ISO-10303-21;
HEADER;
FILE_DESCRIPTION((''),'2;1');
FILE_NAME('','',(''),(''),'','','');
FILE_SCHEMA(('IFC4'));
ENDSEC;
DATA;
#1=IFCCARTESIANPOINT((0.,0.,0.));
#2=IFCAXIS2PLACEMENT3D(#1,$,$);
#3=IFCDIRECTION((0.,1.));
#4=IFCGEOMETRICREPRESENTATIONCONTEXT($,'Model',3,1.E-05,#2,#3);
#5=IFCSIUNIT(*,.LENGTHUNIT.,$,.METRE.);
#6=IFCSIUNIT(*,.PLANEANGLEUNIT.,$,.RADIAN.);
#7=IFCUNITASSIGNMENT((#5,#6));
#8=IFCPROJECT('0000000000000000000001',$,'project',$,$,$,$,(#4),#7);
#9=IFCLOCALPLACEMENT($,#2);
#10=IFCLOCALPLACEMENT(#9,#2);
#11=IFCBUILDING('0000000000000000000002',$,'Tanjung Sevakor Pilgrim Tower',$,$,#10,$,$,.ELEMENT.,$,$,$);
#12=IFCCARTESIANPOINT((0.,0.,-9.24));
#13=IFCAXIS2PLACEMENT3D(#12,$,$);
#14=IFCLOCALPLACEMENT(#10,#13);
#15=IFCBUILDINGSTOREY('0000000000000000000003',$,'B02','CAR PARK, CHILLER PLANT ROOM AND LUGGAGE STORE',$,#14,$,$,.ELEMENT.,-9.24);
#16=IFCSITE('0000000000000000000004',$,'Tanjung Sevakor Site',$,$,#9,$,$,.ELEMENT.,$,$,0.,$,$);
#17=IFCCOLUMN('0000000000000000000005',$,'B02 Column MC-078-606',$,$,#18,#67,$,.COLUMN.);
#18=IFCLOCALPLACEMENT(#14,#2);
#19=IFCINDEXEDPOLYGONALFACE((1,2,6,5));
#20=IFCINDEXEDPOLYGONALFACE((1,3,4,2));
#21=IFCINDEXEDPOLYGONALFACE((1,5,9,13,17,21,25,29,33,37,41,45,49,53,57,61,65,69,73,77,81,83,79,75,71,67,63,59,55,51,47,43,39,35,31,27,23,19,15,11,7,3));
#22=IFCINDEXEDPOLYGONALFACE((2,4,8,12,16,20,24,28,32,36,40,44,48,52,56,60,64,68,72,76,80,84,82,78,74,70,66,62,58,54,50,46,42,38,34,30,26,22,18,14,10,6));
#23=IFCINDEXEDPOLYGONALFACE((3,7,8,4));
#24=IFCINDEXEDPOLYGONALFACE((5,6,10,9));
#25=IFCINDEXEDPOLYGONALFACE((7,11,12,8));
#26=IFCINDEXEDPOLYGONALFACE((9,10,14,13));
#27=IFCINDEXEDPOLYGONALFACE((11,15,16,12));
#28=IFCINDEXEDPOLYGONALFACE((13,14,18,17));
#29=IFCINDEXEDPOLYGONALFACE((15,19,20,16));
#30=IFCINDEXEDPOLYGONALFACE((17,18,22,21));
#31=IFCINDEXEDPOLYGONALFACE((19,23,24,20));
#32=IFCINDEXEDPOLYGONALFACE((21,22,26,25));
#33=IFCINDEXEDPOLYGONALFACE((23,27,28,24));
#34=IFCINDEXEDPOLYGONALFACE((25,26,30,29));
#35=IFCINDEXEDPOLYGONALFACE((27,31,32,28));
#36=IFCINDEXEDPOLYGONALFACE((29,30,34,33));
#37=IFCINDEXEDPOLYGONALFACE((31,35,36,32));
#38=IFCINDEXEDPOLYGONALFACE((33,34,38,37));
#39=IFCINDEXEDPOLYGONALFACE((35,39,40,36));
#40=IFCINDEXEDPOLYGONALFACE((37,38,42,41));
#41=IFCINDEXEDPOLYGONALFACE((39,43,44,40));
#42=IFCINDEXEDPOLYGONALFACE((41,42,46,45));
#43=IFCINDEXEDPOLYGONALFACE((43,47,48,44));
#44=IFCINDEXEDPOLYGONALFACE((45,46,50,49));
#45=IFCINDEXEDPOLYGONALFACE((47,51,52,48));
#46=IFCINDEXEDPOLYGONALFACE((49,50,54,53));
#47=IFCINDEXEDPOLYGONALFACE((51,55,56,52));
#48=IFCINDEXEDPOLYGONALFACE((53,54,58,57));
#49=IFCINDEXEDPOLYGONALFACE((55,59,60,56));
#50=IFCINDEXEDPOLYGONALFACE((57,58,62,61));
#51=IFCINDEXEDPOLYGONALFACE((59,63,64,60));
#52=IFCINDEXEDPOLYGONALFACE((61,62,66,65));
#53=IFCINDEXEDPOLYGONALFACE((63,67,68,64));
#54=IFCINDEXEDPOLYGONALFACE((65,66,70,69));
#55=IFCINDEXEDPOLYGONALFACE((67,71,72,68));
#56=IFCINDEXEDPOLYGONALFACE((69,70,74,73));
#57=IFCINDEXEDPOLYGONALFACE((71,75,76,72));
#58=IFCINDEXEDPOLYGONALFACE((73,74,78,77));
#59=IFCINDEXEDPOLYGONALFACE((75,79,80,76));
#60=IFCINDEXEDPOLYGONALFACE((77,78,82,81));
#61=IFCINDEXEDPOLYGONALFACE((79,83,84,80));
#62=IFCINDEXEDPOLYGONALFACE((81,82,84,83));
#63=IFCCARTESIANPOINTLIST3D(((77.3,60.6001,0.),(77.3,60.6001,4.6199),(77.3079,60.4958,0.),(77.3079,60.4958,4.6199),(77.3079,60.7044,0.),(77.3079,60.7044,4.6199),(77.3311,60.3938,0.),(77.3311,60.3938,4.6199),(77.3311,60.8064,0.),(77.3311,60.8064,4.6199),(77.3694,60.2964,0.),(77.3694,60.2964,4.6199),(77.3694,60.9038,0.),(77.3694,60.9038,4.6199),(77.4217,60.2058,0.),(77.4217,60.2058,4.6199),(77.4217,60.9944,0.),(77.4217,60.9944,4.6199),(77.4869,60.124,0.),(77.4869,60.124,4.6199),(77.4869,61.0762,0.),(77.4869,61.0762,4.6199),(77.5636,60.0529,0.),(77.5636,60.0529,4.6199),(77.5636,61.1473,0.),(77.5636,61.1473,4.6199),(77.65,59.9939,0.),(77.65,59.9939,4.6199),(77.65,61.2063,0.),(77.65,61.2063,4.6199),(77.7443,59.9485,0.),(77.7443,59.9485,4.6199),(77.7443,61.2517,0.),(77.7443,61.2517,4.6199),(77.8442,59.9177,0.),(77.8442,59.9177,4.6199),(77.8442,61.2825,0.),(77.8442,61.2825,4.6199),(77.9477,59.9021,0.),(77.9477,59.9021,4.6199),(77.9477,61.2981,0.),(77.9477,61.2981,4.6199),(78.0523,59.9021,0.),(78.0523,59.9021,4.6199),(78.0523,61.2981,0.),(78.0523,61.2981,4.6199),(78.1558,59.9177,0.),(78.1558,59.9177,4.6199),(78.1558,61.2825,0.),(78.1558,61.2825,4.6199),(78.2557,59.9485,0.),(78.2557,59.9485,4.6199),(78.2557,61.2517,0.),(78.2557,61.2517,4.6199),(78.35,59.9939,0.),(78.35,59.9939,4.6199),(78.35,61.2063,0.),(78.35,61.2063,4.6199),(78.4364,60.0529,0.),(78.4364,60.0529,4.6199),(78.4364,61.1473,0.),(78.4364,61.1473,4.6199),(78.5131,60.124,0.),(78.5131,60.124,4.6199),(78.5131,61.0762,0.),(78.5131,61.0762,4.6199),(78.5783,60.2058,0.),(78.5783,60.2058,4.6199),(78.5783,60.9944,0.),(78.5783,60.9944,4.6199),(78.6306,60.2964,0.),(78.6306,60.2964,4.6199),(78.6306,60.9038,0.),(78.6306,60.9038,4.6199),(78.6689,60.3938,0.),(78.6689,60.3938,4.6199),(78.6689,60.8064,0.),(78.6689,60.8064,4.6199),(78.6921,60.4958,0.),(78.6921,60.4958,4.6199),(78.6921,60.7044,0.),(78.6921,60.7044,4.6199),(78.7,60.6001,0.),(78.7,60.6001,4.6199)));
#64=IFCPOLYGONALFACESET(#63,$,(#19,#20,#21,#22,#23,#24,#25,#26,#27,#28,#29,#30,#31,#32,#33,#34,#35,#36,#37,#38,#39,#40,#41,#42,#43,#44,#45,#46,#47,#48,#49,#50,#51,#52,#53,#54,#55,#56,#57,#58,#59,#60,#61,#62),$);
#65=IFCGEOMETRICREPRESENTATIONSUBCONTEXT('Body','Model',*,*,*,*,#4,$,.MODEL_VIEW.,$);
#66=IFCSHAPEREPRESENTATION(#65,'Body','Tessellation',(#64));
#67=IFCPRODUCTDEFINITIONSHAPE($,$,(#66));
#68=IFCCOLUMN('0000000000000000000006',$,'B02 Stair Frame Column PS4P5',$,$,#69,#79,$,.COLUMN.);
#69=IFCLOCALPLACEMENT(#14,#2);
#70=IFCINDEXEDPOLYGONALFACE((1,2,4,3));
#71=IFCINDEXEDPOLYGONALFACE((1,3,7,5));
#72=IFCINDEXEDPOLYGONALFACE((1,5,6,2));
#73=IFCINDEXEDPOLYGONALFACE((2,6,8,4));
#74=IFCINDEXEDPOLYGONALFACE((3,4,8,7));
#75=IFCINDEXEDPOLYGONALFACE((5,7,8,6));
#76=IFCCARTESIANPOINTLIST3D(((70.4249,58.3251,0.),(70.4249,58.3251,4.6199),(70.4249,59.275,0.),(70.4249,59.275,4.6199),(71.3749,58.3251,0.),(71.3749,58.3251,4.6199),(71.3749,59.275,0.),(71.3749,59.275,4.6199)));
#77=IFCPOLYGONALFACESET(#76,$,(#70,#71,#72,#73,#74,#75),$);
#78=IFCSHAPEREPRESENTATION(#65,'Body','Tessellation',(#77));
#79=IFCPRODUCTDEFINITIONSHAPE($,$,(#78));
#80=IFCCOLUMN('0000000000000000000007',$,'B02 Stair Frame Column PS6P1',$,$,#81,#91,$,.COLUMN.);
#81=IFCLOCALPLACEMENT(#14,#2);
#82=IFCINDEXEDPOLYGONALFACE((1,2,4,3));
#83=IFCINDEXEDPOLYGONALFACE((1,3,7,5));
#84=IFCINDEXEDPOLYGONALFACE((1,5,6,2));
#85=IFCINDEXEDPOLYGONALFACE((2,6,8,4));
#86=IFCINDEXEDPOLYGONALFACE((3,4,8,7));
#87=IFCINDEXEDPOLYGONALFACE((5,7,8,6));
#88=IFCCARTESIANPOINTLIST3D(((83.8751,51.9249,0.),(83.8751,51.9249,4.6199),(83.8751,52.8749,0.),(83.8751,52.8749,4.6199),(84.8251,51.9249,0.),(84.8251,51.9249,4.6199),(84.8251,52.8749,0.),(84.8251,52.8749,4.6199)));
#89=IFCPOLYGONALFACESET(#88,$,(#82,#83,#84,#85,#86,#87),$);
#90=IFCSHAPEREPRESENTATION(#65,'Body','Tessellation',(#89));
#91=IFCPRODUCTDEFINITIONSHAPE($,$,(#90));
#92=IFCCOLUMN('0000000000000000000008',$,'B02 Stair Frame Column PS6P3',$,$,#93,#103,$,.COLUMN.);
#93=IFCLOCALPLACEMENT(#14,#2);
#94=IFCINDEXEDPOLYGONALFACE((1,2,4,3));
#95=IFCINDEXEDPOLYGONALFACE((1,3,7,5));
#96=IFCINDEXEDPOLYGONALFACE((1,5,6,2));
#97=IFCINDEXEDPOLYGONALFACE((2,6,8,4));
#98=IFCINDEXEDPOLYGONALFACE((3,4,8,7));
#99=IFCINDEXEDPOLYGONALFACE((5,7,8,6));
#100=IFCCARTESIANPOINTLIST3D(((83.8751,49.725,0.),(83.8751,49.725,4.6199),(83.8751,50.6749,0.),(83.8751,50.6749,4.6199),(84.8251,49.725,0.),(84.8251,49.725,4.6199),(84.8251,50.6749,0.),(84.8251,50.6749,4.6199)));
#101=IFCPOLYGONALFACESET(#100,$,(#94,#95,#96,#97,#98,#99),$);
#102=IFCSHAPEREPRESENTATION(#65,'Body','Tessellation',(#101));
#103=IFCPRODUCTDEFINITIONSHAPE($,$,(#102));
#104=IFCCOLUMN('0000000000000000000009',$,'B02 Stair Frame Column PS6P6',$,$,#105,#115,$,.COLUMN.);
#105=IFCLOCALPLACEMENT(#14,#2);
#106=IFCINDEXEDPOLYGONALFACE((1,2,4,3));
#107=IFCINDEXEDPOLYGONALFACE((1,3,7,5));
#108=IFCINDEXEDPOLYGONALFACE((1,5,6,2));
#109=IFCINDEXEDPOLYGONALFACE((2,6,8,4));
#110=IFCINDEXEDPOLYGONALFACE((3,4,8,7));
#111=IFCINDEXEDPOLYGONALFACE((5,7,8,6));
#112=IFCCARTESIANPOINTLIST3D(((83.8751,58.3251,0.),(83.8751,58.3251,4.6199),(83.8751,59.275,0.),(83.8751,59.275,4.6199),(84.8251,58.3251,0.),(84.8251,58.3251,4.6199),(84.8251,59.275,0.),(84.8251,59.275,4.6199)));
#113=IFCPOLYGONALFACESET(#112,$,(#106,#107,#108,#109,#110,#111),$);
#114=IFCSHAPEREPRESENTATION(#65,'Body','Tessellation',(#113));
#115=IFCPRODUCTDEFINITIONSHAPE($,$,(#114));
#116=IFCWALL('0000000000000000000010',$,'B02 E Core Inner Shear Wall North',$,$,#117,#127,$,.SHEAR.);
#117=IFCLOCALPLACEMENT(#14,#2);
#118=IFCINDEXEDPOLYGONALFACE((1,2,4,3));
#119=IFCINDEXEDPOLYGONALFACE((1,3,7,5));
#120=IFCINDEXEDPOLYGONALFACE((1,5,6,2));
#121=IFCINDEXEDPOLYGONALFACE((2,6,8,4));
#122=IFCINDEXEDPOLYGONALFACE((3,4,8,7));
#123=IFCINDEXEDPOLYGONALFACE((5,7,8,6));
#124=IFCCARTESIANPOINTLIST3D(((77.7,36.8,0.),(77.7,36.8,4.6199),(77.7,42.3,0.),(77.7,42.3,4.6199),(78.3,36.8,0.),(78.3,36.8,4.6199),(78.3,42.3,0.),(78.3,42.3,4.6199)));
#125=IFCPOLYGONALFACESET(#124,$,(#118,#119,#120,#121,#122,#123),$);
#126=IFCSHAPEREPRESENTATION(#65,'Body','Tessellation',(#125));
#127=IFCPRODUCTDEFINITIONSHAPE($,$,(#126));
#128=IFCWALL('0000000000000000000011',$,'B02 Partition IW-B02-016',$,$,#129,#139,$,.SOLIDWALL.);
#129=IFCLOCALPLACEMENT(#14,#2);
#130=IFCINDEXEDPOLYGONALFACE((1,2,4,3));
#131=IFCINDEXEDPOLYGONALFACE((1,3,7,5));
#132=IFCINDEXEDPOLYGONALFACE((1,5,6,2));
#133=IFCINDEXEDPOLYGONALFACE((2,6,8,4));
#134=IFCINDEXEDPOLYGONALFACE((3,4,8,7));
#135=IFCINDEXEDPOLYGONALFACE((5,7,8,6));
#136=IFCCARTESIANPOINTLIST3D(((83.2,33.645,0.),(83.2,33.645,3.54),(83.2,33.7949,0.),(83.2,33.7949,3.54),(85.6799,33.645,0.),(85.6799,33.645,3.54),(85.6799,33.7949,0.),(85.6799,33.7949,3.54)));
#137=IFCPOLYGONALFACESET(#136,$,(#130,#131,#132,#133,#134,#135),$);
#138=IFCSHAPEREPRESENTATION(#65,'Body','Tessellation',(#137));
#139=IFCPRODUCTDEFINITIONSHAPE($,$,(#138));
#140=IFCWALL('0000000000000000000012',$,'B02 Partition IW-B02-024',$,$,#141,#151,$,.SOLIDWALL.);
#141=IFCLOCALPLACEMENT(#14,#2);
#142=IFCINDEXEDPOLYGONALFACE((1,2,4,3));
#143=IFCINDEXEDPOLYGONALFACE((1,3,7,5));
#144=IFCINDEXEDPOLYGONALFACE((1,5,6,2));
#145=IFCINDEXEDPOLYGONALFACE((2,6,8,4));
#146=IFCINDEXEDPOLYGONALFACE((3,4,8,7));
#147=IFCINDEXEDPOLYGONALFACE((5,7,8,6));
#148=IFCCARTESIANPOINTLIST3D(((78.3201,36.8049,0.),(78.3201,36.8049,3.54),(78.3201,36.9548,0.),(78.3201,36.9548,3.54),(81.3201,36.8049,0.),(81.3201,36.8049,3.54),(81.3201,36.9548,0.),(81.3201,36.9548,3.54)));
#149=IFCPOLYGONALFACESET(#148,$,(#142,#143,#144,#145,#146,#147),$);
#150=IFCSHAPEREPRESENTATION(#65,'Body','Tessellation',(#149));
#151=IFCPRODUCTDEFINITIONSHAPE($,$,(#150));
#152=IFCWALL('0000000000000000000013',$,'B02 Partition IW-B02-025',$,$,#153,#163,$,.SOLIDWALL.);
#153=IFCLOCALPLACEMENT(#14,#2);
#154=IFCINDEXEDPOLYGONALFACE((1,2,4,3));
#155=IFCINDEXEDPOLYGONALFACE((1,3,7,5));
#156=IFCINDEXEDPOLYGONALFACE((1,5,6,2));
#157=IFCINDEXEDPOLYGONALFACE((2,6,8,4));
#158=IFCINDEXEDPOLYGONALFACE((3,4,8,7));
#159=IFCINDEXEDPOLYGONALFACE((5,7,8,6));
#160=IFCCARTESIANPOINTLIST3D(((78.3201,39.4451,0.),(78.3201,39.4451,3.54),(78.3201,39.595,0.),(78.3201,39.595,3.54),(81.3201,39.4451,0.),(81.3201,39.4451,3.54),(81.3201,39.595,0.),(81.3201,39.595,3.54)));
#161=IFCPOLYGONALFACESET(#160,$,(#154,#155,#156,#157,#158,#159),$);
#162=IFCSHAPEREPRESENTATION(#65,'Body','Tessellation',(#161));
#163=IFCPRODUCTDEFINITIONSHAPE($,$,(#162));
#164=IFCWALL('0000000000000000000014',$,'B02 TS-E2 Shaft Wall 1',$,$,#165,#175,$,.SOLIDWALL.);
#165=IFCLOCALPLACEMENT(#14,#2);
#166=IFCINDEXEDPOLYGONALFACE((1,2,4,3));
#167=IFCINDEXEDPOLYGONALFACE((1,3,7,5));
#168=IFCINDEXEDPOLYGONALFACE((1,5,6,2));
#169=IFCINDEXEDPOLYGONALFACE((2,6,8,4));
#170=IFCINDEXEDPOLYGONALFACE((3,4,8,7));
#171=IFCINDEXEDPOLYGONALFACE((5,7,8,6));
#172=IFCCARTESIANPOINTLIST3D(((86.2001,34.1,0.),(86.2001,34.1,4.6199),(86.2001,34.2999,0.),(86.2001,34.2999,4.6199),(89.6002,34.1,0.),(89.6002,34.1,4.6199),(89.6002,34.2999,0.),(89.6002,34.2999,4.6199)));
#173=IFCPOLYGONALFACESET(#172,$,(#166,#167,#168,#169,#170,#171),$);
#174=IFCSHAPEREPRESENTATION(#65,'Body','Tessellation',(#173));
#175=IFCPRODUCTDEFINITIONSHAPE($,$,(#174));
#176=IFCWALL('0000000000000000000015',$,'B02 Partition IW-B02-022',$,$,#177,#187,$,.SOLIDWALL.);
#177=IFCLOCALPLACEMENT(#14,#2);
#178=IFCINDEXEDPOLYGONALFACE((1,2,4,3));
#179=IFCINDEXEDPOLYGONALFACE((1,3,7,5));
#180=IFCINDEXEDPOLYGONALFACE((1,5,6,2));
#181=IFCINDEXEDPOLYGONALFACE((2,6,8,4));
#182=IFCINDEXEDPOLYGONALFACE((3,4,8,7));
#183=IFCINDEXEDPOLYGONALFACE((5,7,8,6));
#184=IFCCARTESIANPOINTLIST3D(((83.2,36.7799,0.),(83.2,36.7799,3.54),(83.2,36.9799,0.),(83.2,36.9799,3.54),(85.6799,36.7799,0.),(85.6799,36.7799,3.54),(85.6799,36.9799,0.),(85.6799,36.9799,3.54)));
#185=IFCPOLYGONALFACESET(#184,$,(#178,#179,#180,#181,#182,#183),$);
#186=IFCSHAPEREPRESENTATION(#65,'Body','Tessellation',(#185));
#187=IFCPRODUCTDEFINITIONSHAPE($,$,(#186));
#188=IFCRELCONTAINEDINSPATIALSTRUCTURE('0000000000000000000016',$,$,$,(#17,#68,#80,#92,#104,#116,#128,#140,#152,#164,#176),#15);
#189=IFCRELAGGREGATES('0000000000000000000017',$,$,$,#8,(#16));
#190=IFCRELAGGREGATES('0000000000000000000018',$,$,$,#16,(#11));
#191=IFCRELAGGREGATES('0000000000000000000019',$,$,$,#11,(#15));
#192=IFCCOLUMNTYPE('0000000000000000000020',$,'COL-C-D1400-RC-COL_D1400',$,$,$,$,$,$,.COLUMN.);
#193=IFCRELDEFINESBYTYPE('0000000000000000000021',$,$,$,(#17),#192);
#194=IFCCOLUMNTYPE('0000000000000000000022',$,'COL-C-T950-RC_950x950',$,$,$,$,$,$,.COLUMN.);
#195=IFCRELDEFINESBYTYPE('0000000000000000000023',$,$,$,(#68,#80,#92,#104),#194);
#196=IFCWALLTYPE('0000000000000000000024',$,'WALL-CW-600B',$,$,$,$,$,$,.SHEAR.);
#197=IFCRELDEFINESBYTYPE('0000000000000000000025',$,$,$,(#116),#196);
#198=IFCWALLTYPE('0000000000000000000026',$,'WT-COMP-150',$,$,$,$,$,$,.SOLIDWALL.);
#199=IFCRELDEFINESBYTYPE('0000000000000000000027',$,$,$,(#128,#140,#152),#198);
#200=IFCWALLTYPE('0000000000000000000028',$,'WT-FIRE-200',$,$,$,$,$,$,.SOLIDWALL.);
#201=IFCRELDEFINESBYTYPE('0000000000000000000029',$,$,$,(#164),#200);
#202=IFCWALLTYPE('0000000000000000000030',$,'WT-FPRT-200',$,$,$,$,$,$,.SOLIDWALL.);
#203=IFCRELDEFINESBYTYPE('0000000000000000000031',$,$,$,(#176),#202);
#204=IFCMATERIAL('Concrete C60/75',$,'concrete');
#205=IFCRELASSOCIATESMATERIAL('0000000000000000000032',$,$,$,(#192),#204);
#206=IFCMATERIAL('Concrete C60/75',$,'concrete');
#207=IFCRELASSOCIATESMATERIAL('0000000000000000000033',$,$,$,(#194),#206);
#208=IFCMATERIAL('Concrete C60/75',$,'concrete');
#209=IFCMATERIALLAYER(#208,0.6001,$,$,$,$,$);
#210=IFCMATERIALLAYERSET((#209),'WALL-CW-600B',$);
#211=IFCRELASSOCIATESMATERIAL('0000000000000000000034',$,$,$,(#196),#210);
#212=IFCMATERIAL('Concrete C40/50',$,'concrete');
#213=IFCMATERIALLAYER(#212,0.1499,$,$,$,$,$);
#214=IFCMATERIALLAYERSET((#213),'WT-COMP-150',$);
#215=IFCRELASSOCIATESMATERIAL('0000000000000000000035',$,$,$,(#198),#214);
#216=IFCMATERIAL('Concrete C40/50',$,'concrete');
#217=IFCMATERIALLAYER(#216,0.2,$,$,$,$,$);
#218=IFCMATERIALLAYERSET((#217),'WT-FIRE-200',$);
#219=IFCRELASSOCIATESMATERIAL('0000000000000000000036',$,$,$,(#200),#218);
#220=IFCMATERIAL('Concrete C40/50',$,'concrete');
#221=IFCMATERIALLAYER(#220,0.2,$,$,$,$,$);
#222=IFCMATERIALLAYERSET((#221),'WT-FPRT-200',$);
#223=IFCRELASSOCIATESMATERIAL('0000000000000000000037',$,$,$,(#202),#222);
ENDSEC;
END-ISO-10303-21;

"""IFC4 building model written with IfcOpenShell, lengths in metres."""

from ifc_helpers import new_model, si_unit, direction, frame, frame_2d, origin, origin_2d, place, context, subcontext, project, spatial, rectangle, circle, extrude, material, layer, layer_set, material_profile, profile_set, type_object, element, save


model = new_model("IFC4")

# Units and contexts
model_context = context("Model", 3, precision=1e-05, world=origin(), true_north=direction((0.0, 1.0)))
body_context = subcontext(model_context, "Body", "Model", "MODEL_VIEW")
ifc_project = project(units=[si_unit("LENGTHUNIT", "METRE"), si_unit("PLANEANGLEUNIT", "RADIAN")], contexts=[model_context])

# Site, building, storey
site_placement = place(None, origin())
site = spatial("IfcSite", under=ifc_project, at=site_placement, Name="Tanjung Sevakor Site", CompositionType="ELEMENT", RefElevation=0.0)
building_placement = place(site_placement, origin())
building = spatial("IfcBuilding", under=site, at=building_placement, Name="Tanjung Sevakor Pilgrim Tower", CompositionType="ELEMENT")
storey_placement = place(building_placement, frame((0.0, 0.0, -9.24)))
storey = spatial("IfcBuildingStorey", under=building, at=storey_placement, Name="B02", Description="CAR PARK, CHILLER PLANT ROOM AND LUGGAGE STORE", CompositionType="ELEMENT", Elevation=-9.24)

# Columns
ifc_material_1 = material(Name="Concrete C60/75", Category="concrete")
ifc_material_profile_1 = material_profile(ifc_material_1, circle(Radius=0.7, at=origin_2d()))
ifc_profile_set_1 = profile_set([ifc_material_profile_1], Name="Concrete C60/75")
column_type_1 = type_object("IfcColumnType", Name="COL-C-D1400-RC-COL_D1400", PredefinedType="COLUMN", material=ifc_profile_set_1)
column_placement = place(storey_placement, frame((78.0, 60.6001, 0.0), z_axis=(0.0, 0.0, 1.0), x_axis=(1.0, 0.0, 0.0)))
element("IfcColumn", 1, at=column_placement, inside=storey, type_object=column_type_1, Name="B02 Column MC-078-606", PredefinedType="COLUMN", context=body_context, shape_type="SweptSolid", body=[
    extrude(circle(Radius=0.7, at=origin_2d()), origin(), (0.0, 0.0, 1.0), 4.6199),
])
ifc_material_2 = material(Name="Concrete C60/75", Category="concrete")
ifc_material_profile_2 = material_profile(ifc_material_2, rectangle(XDim=0.95, YDim=0.95, at=origin_2d()))
ifc_profile_set_2 = profile_set([ifc_material_profile_2], Name="Concrete C60/75")
column_type_2 = type_object("IfcColumnType", Name="COL-C-T950-RC_950x950", PredefinedType="COLUMN", material=ifc_profile_set_2)
for number, where, z_axis, x_axis, name in (
    (2, (70.8999, 58.8, 0.0), (0.0, 0.0, 1.0), (1.0, 0.0, 0.0), "B02 Stair Frame Column PS4P5"),
    (3, (84.3501, 52.3999, 0.0), (0.0, 0.0, 1.0), (1.0, 0.0, 0.0), "B02 Stair Frame Column PS6P1"),
    (4, (84.3501, 50.2, 0.0), (0.0, 0.0, 1.0), (1.0, 0.0, 0.0), "B02 Stair Frame Column PS6P3"),
    (5, (84.3501, 58.8, 0.0), (0.0, 0.0, 1.0), (1.0, 0.0, 0.0), "B02 Stair Frame Column PS6P6"),
):
    element("IfcColumn", number, at=place(storey_placement, frame(where, z_axis=z_axis, x_axis=x_axis)), inside=storey, type_object=column_type_2, Name=name, PredefinedType="COLUMN", context=body_context, shape_type="SweptSolid", body=[
        extrude(rectangle(XDim=0.95, YDim=0.95, at=origin_2d()), origin(), (0.0, 0.0, 1.0), 4.6199),
    ])

# Walls
ifc_material_3 = material(Name="Concrete C60/75", Category="concrete")
ifc_layer_1 = layer(ifc_material_3, 0.6001)
ifc_layer_set_1 = layer_set([ifc_layer_1], Name="WALL-CW-600B")
wall_type_1 = type_object("IfcWallType", Name="WALL-CW-600B", PredefinedType="SHEAR", material=ifc_layer_set_1)
wall_1_placement = place(storey_placement, frame((78.0, 36.8, 0.0), z_axis=(0.0, 0.0, 1.0), x_axis=(0.0, 1.0, 0.0)))
element("IfcWall", 6, at=wall_1_placement, inside=storey, type_object=wall_type_1, Name="B02 E Core Inner Shear Wall North", PredefinedType="SHEAR", context=body_context, shape_type="SweptSolid", body=[
    extrude(rectangle(XDim=5.5, YDim=0.6001, at=frame_2d((2.75, 0.0))), origin(), (0.0, 0.0, 1.0), 4.6199),
])
ifc_material_4 = material(Name="Concrete C40/50", Category="concrete")
ifc_layer_2 = layer(ifc_material_4, 0.1499)
ifc_layer_set_2 = layer_set([ifc_layer_2], Name="WT-COMP-150")
wall_type_2 = type_object("IfcWallType", Name="WT-COMP-150", PredefinedType="SOLIDWALL", material=ifc_layer_set_2)
wall_2_placement = place(storey_placement, frame((83.2, 33.72, 0.0), z_axis=(0.0, 0.0, 1.0), x_axis=(1.0, 0.0, 0.0)))
element("IfcWall", 7, at=wall_2_placement, inside=storey, type_object=wall_type_2, Name="B02 Partition IW-B02-016", PredefinedType="SOLIDWALL", context=body_context, shape_type="SweptSolid", body=[
    extrude(rectangle(XDim=2.48, YDim=0.1499, at=frame_2d((1.24, 0.0))), origin(), (0.0, 0.0, 1.0), 3.54),
])

# Walls
for number, where, z_axis, x_axis, name in (
    (8, (78.3201, 36.8799, 0.0), (0.0, 0.0, 1.0), (1.0, 0.0, 0.0), "B02 Partition IW-B02-024"),
    (9, (78.3201, 39.52, 0.0), (0.0, 0.0, 1.0), (1.0, 0.0, 0.0), "B02 Partition IW-B02-025"),
):
    element("IfcWall", number, at=place(storey_placement, frame(where, z_axis=z_axis, x_axis=x_axis)), inside=storey, type_object=wall_type_2, Name=name, PredefinedType="SOLIDWALL", context=body_context, shape_type="SweptSolid", body=[
        extrude(rectangle(XDim=3.0, YDim=0.1499, at=frame_2d((1.5, 0.0))), origin(), (0.0, 0.0, 1.0), 3.54),
    ])

# Walls
ifc_material_5 = material(Name="Concrete C40/50", Category="concrete")
ifc_layer_3 = layer(ifc_material_5, 0.2)
ifc_layer_set_3 = layer_set([ifc_layer_3], Name="WT-FIRE-200")
wall_type_3 = type_object("IfcWallType", Name="WT-FIRE-200", PredefinedType="SOLIDWALL", material=ifc_layer_set_3)
wall_3_placement = place(storey_placement, frame((86.2, 34.2, 0.0), z_axis=(0.0, 0.0, 1.0), x_axis=(1.0, 0.0, 0.0)))
element("IfcWall", 10, at=wall_3_placement, inside=storey, type_object=wall_type_3, Name="B02 TS-E2 Shaft Wall 1", PredefinedType="SOLIDWALL", context=body_context, shape_type="SweptSolid", body=[
    extrude(rectangle(XDim=3.4001, YDim=0.2, at=frame_2d((1.7002, 0.0))), origin(), (0.0, 0.0, 1.0), 4.6199),
])
ifc_material_6 = material(Name="Concrete C40/50", Category="concrete")
ifc_layer_4 = layer(ifc_material_6, 0.2)
ifc_layer_set_4 = layer_set([ifc_layer_4], Name="WT-FPRT-200")
wall_type_4 = type_object("IfcWallType", Name="WT-FPRT-200", PredefinedType="SOLIDWALL", material=ifc_layer_set_4)
wall_4_placement = place(storey_placement, frame((83.2, 36.8799, 0.0), z_axis=(0.0, 0.0, 1.0), x_axis=(1.0, 0.0, 0.0)))
element("IfcWall", 11, at=wall_4_placement, inside=storey, type_object=wall_type_4, Name="B02 Partition IW-B02-022", PredefinedType="SOLIDWALL", context=body_context, shape_type="SweptSolid", body=[
    extrude(rectangle(XDim=2.48, YDim=0.2, at=frame_2d((1.24, 0.0))), origin(), (0.0, 0.0, 1.0), 3.54),
])

save(model, "model.ifc")
